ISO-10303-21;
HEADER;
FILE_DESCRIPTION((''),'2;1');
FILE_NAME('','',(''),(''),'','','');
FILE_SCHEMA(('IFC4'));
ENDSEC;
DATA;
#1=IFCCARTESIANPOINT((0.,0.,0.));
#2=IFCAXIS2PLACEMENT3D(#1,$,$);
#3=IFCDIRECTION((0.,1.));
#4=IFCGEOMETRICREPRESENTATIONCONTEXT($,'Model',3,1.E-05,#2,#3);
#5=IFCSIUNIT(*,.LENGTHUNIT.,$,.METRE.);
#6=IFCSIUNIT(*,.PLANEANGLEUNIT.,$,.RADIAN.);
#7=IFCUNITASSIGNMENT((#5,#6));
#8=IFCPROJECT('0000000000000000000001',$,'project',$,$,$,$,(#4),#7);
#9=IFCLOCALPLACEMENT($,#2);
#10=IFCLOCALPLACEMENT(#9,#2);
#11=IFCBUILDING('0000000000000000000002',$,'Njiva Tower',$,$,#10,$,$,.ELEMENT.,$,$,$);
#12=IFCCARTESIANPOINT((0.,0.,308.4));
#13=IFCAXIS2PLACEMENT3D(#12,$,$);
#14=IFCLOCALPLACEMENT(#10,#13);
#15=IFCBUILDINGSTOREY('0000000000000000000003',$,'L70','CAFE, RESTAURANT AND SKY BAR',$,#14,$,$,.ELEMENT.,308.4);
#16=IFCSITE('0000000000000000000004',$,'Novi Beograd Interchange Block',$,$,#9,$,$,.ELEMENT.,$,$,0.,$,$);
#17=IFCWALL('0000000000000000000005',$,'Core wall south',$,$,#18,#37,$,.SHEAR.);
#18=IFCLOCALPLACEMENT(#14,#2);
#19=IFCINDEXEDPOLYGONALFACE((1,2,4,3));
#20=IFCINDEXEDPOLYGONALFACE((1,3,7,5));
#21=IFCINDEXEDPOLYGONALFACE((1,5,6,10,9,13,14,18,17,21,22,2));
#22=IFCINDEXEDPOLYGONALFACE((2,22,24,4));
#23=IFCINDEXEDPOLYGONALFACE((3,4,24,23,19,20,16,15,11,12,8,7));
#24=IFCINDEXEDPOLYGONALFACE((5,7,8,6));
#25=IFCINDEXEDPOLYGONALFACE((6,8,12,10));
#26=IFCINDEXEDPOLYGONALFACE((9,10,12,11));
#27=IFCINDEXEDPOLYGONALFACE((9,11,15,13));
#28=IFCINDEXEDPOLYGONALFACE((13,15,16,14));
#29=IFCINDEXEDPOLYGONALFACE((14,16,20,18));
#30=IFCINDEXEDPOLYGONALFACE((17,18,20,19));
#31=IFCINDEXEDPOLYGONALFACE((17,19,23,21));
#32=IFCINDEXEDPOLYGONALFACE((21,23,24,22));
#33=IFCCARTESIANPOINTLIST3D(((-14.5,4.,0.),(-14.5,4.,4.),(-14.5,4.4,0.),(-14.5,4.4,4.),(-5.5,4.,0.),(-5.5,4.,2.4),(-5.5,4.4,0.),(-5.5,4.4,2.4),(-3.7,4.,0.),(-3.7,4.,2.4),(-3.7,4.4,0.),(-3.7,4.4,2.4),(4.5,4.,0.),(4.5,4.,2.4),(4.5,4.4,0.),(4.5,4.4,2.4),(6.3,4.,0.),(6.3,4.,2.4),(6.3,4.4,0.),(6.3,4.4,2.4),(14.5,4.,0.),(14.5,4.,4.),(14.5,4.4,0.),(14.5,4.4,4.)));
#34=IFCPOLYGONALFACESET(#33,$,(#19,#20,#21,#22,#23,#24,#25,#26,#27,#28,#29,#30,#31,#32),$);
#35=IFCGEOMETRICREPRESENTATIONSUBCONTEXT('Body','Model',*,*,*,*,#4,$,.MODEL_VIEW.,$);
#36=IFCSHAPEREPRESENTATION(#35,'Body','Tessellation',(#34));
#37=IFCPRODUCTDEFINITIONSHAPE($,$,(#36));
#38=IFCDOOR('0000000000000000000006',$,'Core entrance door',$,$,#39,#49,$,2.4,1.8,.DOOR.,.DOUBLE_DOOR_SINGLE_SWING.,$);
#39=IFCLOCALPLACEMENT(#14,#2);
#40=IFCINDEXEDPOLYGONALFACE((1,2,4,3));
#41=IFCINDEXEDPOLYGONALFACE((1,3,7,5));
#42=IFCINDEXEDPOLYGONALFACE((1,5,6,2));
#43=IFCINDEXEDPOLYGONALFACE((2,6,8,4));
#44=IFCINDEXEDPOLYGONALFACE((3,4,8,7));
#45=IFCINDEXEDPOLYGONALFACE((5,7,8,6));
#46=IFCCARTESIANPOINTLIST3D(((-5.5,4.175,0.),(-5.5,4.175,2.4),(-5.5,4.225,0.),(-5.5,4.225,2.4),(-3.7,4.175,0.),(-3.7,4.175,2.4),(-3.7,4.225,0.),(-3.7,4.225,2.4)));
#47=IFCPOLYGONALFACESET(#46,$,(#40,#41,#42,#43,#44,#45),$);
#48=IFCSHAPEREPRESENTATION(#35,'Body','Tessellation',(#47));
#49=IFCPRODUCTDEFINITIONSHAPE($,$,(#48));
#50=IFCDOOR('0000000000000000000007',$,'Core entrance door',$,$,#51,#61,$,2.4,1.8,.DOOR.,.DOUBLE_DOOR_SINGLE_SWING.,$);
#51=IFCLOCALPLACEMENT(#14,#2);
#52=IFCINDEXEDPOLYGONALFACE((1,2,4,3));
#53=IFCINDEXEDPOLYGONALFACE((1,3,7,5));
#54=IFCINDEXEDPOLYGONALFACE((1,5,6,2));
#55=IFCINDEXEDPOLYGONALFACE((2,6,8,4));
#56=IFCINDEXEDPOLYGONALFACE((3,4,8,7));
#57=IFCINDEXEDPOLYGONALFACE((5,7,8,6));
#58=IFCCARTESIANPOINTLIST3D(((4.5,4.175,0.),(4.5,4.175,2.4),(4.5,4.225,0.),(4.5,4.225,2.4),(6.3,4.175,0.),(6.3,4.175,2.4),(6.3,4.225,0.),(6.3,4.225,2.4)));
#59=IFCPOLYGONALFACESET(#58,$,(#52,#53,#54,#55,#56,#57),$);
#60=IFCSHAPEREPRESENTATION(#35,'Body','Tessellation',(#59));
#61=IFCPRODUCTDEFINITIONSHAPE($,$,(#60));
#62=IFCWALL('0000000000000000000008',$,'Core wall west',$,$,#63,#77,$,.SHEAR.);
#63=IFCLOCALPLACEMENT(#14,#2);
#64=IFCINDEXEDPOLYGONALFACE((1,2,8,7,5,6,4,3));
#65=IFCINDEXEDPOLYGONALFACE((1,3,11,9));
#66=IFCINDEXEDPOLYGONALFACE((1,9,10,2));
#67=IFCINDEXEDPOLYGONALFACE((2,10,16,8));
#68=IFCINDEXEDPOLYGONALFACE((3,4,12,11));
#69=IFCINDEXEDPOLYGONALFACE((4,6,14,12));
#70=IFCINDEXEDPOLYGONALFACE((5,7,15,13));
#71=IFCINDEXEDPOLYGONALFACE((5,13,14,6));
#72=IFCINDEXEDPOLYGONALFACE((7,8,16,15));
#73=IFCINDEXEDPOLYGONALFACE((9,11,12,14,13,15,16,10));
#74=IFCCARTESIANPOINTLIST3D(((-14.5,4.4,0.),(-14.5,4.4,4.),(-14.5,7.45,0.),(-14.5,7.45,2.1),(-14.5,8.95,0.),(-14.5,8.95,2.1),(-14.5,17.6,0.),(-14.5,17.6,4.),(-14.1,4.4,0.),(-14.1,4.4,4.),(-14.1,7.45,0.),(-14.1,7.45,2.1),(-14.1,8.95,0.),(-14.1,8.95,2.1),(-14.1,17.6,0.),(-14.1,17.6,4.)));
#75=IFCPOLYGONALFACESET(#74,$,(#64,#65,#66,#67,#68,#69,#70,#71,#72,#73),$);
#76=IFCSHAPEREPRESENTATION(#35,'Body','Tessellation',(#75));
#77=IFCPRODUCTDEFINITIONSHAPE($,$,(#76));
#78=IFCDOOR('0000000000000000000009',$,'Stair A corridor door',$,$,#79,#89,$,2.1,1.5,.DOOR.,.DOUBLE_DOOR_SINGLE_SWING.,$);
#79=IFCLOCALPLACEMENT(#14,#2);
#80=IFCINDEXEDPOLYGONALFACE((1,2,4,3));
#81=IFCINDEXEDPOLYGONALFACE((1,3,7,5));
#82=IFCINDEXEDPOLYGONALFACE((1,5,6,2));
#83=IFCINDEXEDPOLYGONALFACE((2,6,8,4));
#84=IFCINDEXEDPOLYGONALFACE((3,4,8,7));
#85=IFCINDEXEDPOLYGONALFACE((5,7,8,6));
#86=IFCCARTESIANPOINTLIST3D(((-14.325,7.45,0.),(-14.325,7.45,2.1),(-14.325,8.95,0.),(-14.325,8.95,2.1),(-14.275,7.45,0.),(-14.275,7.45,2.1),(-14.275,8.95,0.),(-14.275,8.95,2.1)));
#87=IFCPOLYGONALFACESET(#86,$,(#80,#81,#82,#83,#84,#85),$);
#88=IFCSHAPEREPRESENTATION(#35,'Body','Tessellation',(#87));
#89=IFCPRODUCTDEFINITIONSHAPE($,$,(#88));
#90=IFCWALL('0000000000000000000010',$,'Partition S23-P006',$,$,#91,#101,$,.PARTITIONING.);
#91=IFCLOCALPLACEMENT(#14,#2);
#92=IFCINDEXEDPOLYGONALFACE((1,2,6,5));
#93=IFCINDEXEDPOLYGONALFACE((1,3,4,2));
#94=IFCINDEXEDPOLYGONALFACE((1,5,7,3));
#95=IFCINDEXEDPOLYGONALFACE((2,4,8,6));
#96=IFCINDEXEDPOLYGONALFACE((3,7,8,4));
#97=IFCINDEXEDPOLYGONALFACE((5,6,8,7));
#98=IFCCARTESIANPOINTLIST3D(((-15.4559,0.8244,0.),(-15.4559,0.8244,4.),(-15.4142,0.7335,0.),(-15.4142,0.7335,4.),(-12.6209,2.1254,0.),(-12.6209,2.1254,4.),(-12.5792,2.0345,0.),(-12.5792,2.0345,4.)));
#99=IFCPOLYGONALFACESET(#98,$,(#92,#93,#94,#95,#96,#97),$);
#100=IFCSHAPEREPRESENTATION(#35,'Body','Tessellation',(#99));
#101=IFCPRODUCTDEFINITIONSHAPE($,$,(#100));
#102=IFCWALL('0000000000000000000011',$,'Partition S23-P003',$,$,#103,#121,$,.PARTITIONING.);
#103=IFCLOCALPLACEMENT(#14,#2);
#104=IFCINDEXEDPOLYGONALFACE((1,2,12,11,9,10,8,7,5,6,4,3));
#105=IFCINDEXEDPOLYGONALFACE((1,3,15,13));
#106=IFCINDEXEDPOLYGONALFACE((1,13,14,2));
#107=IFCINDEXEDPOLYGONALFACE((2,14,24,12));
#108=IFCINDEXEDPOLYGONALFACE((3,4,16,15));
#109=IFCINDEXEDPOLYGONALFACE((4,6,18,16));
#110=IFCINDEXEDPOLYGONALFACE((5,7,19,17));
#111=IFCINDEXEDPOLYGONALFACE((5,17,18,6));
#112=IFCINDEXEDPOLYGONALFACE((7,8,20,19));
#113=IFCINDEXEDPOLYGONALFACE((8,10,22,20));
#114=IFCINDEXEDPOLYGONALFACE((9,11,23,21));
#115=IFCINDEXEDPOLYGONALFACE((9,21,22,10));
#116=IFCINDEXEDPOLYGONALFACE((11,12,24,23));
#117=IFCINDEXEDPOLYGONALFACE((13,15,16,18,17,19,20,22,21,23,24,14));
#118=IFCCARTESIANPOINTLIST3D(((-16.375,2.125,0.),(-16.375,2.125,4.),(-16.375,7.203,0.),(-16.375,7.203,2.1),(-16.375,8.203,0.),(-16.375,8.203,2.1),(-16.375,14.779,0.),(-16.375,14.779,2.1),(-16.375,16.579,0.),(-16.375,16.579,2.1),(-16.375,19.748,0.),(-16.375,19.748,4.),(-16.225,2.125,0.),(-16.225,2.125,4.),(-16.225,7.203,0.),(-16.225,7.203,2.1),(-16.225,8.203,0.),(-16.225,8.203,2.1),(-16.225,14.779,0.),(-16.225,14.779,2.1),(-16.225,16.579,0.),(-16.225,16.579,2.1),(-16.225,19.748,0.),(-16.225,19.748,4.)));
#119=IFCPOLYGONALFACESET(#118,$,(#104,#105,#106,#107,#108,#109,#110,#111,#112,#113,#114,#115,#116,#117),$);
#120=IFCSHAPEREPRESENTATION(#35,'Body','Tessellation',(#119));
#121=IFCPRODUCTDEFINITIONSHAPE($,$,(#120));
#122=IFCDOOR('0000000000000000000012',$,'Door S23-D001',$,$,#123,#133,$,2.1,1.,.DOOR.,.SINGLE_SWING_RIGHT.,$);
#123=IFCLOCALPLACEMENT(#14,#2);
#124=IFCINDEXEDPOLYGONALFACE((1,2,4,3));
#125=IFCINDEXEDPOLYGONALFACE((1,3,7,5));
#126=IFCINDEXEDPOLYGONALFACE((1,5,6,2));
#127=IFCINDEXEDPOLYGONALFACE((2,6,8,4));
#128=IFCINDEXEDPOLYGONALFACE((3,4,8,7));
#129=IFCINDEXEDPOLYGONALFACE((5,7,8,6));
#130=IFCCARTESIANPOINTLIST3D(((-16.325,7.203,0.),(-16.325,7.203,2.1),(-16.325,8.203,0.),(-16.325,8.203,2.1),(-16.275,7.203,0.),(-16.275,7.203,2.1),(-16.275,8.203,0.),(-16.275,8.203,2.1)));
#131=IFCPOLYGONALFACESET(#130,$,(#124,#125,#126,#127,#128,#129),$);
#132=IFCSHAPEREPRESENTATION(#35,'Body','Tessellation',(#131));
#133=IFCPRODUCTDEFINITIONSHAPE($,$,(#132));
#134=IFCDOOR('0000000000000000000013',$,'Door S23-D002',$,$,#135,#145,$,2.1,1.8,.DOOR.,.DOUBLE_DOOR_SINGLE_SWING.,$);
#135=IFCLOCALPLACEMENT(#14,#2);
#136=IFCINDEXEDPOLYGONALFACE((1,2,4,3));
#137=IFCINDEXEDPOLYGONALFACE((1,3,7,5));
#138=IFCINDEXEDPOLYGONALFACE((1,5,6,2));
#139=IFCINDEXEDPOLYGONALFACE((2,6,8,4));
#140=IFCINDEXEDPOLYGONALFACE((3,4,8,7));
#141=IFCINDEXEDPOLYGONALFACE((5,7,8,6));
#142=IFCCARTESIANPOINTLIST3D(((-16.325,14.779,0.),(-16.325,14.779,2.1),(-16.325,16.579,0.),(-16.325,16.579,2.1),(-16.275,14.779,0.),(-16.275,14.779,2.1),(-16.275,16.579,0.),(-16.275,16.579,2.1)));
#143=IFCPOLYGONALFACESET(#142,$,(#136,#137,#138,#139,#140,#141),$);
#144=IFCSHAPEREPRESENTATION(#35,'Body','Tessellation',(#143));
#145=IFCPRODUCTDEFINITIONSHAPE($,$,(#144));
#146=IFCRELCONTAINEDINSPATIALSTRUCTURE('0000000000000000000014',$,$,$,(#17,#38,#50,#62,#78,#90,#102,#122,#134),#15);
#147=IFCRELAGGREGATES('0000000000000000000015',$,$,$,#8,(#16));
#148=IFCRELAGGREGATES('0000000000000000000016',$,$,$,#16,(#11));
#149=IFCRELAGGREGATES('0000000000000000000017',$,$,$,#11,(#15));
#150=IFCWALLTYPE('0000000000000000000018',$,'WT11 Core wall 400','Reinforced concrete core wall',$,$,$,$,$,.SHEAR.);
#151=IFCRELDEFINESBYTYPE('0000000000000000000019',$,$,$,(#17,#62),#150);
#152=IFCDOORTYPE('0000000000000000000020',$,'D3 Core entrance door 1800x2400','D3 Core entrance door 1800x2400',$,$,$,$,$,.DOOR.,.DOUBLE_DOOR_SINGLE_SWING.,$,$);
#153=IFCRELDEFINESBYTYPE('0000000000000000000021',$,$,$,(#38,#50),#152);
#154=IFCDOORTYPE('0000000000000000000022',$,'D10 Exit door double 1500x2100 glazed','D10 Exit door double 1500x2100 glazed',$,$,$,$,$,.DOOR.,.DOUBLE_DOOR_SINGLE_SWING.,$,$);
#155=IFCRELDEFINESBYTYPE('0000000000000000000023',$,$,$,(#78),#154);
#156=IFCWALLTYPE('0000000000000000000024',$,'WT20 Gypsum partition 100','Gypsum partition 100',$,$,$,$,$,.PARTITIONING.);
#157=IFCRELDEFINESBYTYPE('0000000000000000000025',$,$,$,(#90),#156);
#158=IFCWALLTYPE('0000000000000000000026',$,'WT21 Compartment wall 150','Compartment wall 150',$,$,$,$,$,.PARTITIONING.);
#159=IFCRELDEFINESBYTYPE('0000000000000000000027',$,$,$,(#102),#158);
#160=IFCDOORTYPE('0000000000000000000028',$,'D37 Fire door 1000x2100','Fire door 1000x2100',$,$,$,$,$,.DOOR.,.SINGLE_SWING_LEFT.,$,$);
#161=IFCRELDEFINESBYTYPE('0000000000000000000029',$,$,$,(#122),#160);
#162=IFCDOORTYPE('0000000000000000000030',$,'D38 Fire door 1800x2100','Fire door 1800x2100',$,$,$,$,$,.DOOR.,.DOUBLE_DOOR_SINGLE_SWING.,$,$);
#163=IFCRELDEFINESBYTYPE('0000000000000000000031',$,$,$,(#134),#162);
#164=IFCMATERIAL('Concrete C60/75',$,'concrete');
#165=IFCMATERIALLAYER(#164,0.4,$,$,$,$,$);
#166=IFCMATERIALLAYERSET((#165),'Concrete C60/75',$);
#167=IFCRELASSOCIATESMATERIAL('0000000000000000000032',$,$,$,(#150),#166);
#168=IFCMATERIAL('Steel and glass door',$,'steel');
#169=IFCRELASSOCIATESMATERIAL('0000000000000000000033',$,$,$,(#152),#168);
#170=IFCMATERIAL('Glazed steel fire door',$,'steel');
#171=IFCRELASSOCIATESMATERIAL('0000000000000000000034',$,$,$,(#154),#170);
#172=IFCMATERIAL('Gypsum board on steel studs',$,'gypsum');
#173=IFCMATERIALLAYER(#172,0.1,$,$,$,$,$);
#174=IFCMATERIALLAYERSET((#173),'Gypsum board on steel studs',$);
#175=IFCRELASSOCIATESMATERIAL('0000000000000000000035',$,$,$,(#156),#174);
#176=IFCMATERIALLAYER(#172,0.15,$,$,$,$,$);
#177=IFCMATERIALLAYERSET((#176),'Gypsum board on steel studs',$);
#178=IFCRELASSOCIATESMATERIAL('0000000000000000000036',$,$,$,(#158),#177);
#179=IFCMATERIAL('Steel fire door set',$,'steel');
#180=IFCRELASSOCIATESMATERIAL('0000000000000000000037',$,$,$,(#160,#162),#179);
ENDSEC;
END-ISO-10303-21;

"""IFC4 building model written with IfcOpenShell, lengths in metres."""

from ifc_helpers import new_model, si_unit, direction, frame, frame_2d, origin, place, context, subcontext, project, spatial, rectangle, extrude, material, layer, layer_set, type_object, element, fill, save


model = new_model("IFC4")

# Units and contexts
model_context = context("Model", 3, precision=1e-05, world=origin(), true_north=direction((0.0, 1.0)))
body_context = subcontext(model_context, "Body", "Model", "MODEL_VIEW")
ifc_project = project(units=[si_unit("LENGTHUNIT", "METRE"), si_unit("PLANEANGLEUNIT", "RADIAN")], contexts=[model_context])

# Site, building, storey
site_placement = place(None, origin())
site = spatial("IfcSite", under=ifc_project, at=site_placement, Name="Novi Beograd Interchange Block", CompositionType="ELEMENT", RefElevation=0.0)
building_placement = place(site_placement, origin())
building = spatial("IfcBuilding", under=site, at=building_placement, Name="Njiva Tower", CompositionType="ELEMENT")
storey_placement = place(building_placement, frame((0.0, 0.0, 308.4)))
storey = spatial("IfcBuildingStorey", under=building, at=storey_placement, Name="L70", Description="CAFE, RESTAURANT AND SKY BAR", CompositionType="ELEMENT", Elevation=308.4)

# Wall, openings, doors
ifc_material_1 = material(Name="Concrete C60/75", Category="concrete")
ifc_layer_1 = layer(ifc_material_1, 0.4)
ifc_layer_set_1 = layer_set([ifc_layer_1], Name="Concrete C60/75")
wall_type_1 = type_object("IfcWallType", Name="WT11 Core wall 400", Description="Reinforced concrete core wall", PredefinedType="SHEAR", material=ifc_layer_set_1)
wall_1_placement = place(storey_placement, frame((-14.5, 4.2, 0.0), z_axis=(0.0, 0.0, 1.0), x_axis=(1.0, 0.0, 0.0)))
wall_1 = element("IfcWall", 1, at=wall_1_placement, inside=storey, type_object=wall_type_1, Name="Core wall south", PredefinedType="SHEAR", context=body_context, shape_type="SweptSolid", body=[
    extrude(rectangle(XDim=29.0, YDim=0.4, at=frame_2d((14.5, 0.0))), origin(), (0.0, 0.0, 1.0), 4.0),
])
opening_1_placement = place(wall_1_placement, frame((9.0, 0.0, 0.0)))
opening_1 = element("IfcOpeningElement", 2, at=opening_1_placement, cuts=wall_1, PredefinedType="OPENING", context=body_context, shape_type="SweptSolid", body=[
    extrude(rectangle(XDim=1.8, YDim=2.4, at=frame_2d((0.9, 1.2))), frame((0.0, 0.21, 0.0), z_axis=(0.0, -1.0, 0.0), x_axis=(1.0, 0.0, 0.0)), (0.0, 0.0, 1.0), 0.42),
])
opening_2_placement = place(wall_1_placement, frame((19.0, 0.0, 0.0)))
opening_2 = element("IfcOpeningElement", 3, at=opening_2_placement, cuts=wall_1, PredefinedType="OPENING", context=body_context, shape_type="SweptSolid", body=[
    extrude(rectangle(XDim=1.8, YDim=2.4, at=frame_2d((0.9, 1.2))), frame((0.0, 0.21, 0.0), z_axis=(0.0, -1.0, 0.0), x_axis=(1.0, 0.0, 0.0)), (0.0, 0.0, 1.0), 0.42),
])
ifc_material_2 = material(Name="Steel and glass door", Category="steel")
door_type_1 = type_object("IfcDoorType", Name="D3 Core entrance door 1800x2400", Description="D3 Core entrance door 1800x2400", OperationType="DOUBLE_DOOR_SINGLE_SWING", PredefinedType="DOOR", material=ifc_material_2)
door_1_placement = place(opening_1_placement, origin())
door_1 = element("IfcDoor", 4, at=door_1_placement, inside=storey, type_object=door_type_1, Name="Core entrance door", OperationType="DOUBLE_DOOR_SINGLE_SWING", OverallHeight=2.4, OverallWidth=1.8, PredefinedType="DOOR", context=body_context, shape_type="SweptSolid", body=[
    extrude(rectangle(XDim=1.8, YDim=2.4, at=frame_2d((0.9, 1.2))), frame((0.0, 0.025, 0.0), z_axis=(0.0, -1.0, 0.0), x_axis=(1.0, 0.0, 0.0)), (0.0, 0.0, 1.0), 0.05),
])
fill(opening_1, door_1)
door_2_placement = place(opening_2_placement, origin())
door_2 = element("IfcDoor", 5, at=door_2_placement, inside=storey, type_object=door_type_1, Name="Core entrance door", OperationType="DOUBLE_DOOR_SINGLE_SWING", OverallHeight=2.4, OverallWidth=1.8, PredefinedType="DOOR", context=body_context, shape_type="SweptSolid", body=[
    extrude(rectangle(XDim=1.8, YDim=2.4, at=frame_2d((0.9, 1.2))), frame((0.0, 0.025, 0.0), z_axis=(0.0, -1.0, 0.0), x_axis=(1.0, 0.0, 0.0)), (0.0, 0.0, 1.0), 0.05),
])
fill(opening_2, door_2)

# Wall, opening, door
wall_2_placement = place(storey_placement, frame((-14.3, 4.4, 0.0), z_axis=(0.0, 0.0, 1.0), x_axis=(0.0, 1.0, 0.0)))
wall_2 = element("IfcWall", 6, at=wall_2_placement, inside=storey, type_object=wall_type_1, Name="Core wall west", PredefinedType="SHEAR", context=body_context, shape_type="SweptSolid", body=[
    extrude(rectangle(XDim=13.2, YDim=0.4, at=frame_2d((6.6, 0.0))), origin(), (0.0, 0.0, 1.0), 4.0),
])
opening_3_placement = place(wall_2_placement, frame((3.05, 0.0, 0.0)))
opening_3 = element("IfcOpeningElement", 7, at=opening_3_placement, cuts=wall_2, PredefinedType="OPENING", context=body_context, shape_type="SweptSolid", body=[
    extrude(rectangle(XDim=1.5, YDim=2.1, at=frame_2d((0.75, 1.05))), frame((0.0, 0.21, 0.0), z_axis=(0.0, -1.0, 0.0), x_axis=(1.0, 0.0, 0.0)), (0.0, 0.0, 1.0), 0.42),
])
ifc_material_3 = material(Name="Glazed steel fire door", Category="steel")
door_type_2 = type_object("IfcDoorType", Name="D10 Exit door double 1500x2100 glazed", Description="D10 Exit door double 1500x2100 glazed", OperationType="DOUBLE_DOOR_SINGLE_SWING", PredefinedType="DOOR", material=ifc_material_3)
door_3_placement = place(opening_3_placement, origin())
door_3 = element("IfcDoor", 8, at=door_3_placement, inside=storey, type_object=door_type_2, Name="Stair A corridor door", OperationType="DOUBLE_DOOR_SINGLE_SWING", OverallHeight=2.1, OverallWidth=1.5, PredefinedType="DOOR", context=body_context, shape_type="SweptSolid", body=[
    extrude(rectangle(XDim=1.5, YDim=2.1, at=frame_2d((0.75, 1.05))), frame((0.0, 0.025, 0.0), z_axis=(0.0, -1.0, 0.0), x_axis=(1.0, 0.0, 0.0)), (0.0, 0.0, 1.0), 0.05),
])
fill(opening_3, door_3)

# Wall
ifc_material_4 = material(Name="Gypsum board on steel studs", Category="gypsum")
ifc_layer_2 = layer(ifc_material_4, 0.1)
ifc_layer_set_2 = layer_set([ifc_layer_2], Name="Gypsum board on steel studs")
wall_type_2 = type_object("IfcWallType", Name="WT20 Gypsum partition 100", Description="Gypsum partition 100", PredefinedType="PARTITIONING", material=ifc_layer_set_2)
wall_3_placement = place(storey_placement, frame((-15.435, 0.779, 0.0), z_axis=(0.0, 0.0, 1.0), x_axis=(0.908867, 0.417085, 0.0)))
element("IfcWall", 9, at=wall_3_placement, inside=storey, type_object=wall_type_2, Name="Partition S23-P006", PredefinedType="PARTITIONING", context=body_context, shape_type="SweptSolid", body=[
    extrude(rectangle(XDim=3.1193, YDim=0.1, at=frame_2d((1.5596, 0.0))), origin(), (0.0, 0.0, 1.0), 4.0),
])

# Wall, openings, doors
ifc_layer_3 = layer(ifc_material_4, 0.15)
ifc_layer_set_3 = layer_set([ifc_layer_3], Name="Gypsum board on steel studs")
wall_type_3 = type_object("IfcWallType", Name="WT21 Compartment wall 150", Description="Compartment wall 150", PredefinedType="PARTITIONING", material=ifc_layer_set_3)
wall_4_placement = place(storey_placement, frame((-16.3, 2.125, 0.0), z_axis=(0.0, 0.0, 1.0), x_axis=(0.0, 1.0, 0.0)))
wall_4 = element("IfcWall", 10, at=wall_4_placement, inside=storey, type_object=wall_type_3, Name="Partition S23-P003", PredefinedType="PARTITIONING", context=body_context, shape_type="SweptSolid", body=[
    extrude(rectangle(XDim=17.623, YDim=0.15, at=frame_2d((8.8115, 0.0))), origin(), (0.0, 0.0, 1.0), 4.0),
])
opening_4_placement = place(wall_4_placement, frame((5.078, 0.0, 0.0)))
opening_4 = element("IfcOpeningElement", 11, at=opening_4_placement, cuts=wall_4, PredefinedType="OPENING", context=body_context, shape_type="SweptSolid", body=[
    extrude(rectangle(XDim=1.0, YDim=2.1, at=frame_2d((0.5, 1.05))), frame((0.0, 0.085, 0.0), z_axis=(0.0, -1.0, 0.0), x_axis=(1.0, 0.0, 0.0)), (0.0, 0.0, 1.0), 0.17),
])
opening_5_placement = place(wall_4_placement, frame((12.654, 0.0, 0.0)))
opening_5 = element("IfcOpeningElement", 12, at=opening_5_placement, cuts=wall_4, PredefinedType="OPENING", context=body_context, shape_type="SweptSolid", body=[
    extrude(rectangle(XDim=1.8, YDim=2.1, at=frame_2d((0.9, 1.05))), frame((0.0, 0.085, 0.0), z_axis=(0.0, -1.0, 0.0), x_axis=(1.0, 0.0, 0.0)), (0.0, 0.0, 1.0), 0.17),
])
ifc_material_5 = material(Name="Steel fire door set", Category="steel")
door_type_3 = type_object("IfcDoorType", Name="D37 Fire door 1000x2100", Description="Fire door 1000x2100", OperationType="SINGLE_SWING_LEFT", PredefinedType="DOOR", material=ifc_material_5)
door_4_placement = place(opening_4_placement, origin())
door_4 = element("IfcDoor", 13, at=door_4_placement, inside=storey, type_object=door_type_3, Name="Door S23-D001", OperationType="SINGLE_SWING_RIGHT", OverallHeight=2.1, OverallWidth=1.0, PredefinedType="DOOR", context=body_context, shape_type="SweptSolid", body=[
    extrude(rectangle(XDim=1.0, YDim=2.1, at=frame_2d((0.5, 1.05))), frame((0.0, 0.025, 0.0), z_axis=(0.0, -1.0, 0.0), x_axis=(1.0, 0.0, 0.0)), (0.0, 0.0, 1.0), 0.05),
])
fill(opening_4, door_4)
door_type_4 = type_object("IfcDoorType", Name="D38 Fire door 1800x2100", Description="Fire door 1800x2100", OperationType="DOUBLE_DOOR_SINGLE_SWING", PredefinedType="DOOR", material=ifc_material_5)
door_5_placement = place(opening_5_placement, origin())
door_5 = element("IfcDoor", 14, at=door_5_placement, inside=storey, type_object=door_type_4, Name="Door S23-D002", OperationType="DOUBLE_DOOR_SINGLE_SWING", OverallHeight=2.1, OverallWidth=1.8, PredefinedType="DOOR", context=body_context, shape_type="SweptSolid", body=[
    extrude(rectangle(XDim=1.8, YDim=2.1, at=frame_2d((0.9, 1.05))), frame((0.0, 0.025, 0.0), z_axis=(0.0, -1.0, 0.0), x_axis=(1.0, 0.0, 0.0)), (0.0, 0.0, 1.0), 0.05),
])
fill(opening_5, door_5)

save(model, "model.ifc")
